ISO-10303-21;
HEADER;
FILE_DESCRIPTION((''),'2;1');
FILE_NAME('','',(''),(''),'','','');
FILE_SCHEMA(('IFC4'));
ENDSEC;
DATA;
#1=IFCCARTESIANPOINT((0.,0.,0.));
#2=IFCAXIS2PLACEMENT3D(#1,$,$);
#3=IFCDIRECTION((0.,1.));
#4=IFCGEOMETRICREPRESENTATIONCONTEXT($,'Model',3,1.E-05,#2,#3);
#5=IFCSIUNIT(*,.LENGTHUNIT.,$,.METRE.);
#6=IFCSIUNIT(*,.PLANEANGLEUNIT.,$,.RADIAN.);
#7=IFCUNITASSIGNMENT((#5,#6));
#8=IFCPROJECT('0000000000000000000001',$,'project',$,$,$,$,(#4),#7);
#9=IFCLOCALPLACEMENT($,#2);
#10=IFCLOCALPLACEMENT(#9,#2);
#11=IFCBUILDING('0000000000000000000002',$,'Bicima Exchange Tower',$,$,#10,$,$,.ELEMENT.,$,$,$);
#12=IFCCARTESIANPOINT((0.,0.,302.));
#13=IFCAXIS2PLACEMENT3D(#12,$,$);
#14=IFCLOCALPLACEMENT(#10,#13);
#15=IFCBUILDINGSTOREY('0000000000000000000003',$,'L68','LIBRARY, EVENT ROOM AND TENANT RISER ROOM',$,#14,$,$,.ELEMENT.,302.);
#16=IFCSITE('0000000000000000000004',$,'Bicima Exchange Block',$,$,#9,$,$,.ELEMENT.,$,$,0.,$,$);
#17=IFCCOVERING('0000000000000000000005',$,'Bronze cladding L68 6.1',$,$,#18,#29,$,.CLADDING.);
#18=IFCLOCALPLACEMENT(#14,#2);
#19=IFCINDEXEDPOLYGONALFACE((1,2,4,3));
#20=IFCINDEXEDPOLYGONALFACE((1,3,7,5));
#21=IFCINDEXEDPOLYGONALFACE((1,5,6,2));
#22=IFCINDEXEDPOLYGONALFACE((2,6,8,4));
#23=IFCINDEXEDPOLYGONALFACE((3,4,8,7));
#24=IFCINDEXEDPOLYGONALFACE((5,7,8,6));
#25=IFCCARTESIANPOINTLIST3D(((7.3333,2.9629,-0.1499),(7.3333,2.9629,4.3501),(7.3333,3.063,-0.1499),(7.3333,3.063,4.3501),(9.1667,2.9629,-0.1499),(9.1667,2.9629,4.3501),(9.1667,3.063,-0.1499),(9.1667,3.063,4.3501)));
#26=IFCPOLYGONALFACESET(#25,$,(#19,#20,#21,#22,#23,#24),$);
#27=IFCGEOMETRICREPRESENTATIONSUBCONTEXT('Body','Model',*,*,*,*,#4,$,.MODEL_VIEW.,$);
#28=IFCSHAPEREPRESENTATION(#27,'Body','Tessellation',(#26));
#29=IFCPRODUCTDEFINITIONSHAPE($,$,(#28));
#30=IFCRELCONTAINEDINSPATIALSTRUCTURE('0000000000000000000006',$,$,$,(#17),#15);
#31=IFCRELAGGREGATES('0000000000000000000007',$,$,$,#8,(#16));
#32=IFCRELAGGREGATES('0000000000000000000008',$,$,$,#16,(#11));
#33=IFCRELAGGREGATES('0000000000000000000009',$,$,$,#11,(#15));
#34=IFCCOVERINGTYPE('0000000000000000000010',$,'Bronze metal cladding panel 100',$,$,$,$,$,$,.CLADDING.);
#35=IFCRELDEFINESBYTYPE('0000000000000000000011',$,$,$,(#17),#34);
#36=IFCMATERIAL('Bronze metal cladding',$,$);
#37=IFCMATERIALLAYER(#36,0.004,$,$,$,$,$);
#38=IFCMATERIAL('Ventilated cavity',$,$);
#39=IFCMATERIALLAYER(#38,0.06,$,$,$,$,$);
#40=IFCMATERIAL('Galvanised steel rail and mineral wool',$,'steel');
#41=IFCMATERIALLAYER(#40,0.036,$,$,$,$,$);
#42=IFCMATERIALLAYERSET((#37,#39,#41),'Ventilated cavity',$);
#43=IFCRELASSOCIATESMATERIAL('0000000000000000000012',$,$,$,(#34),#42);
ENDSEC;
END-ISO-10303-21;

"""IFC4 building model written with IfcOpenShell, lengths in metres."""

from ifc_helpers import new_model, si_unit, direction, frame, origin, origin_2d, place, context, subcontext, project, spatial, rectangle, extrude, material, layer, layer_set, type_object, element, save


model = new_model("IFC4")

# Units and contexts
model_context = context("Model", 3, precision=1e-05, world=origin(), true_north=direction((0.0, 1.0)))
body_context = subcontext(model_context, "Body", "Model", "MODEL_VIEW")
ifc_project = project(units=[si_unit("LENGTHUNIT", "METRE"), si_unit("PLANEANGLEUNIT", "RADIAN")], contexts=[model_context])

# Site, building, storey
site_placement = place(None, origin())
site = spatial("IfcSite", under=ifc_project, at=site_placement, Name="Bicima Exchange Block", CompositionType="ELEMENT", RefElevation=0.0)
building_placement = place(site_placement, origin())
building = spatial("IfcBuilding", under=site, at=building_placement, Name="Bicima Exchange Tower", CompositionType="ELEMENT")
storey_placement = place(building_placement, frame((0.0, 0.0, 302.0)))
storey = spatial("IfcBuildingStorey", under=building, at=storey_placement, Name="L68", Description="LIBRARY, EVENT ROOM AND TENANT RISER ROOM", CompositionType="ELEMENT", Elevation=302.0)

# Covering
ifc_material_1 = material(Name="Bronze metal cladding")
ifc_layer_1 = layer(ifc_material_1, 0.004)
ifc_material_2 = material(Name="Ventilated cavity")
ifc_layer_2 = layer(ifc_material_2, 0.06)
ifc_material_3 = material(Name="Galvanised steel rail and mineral wool", Category="steel")
ifc_layer_3 = layer(ifc_material_3, 0.036)
ifc_layer_set_1 = layer_set([ifc_layer_1, ifc_layer_2, ifc_layer_3], Name="Ventilated cavity")
covering_type = type_object("IfcCoveringType", Name="Bronze metal cladding panel 100", PredefinedType="CLADDING", material=ifc_layer_set_1)
covering_1_placement = place(storey_placement, frame((8.25, 3.0129, -0.1499), z_axis=(0.0, 0.0, 1.0), x_axis=(-1.0, 0.0, 0.0)))
element("IfcCovering", 1, at=covering_1_placement, inside=storey, type_object=covering_type, Name="Bronze cladding L68 6.1", PredefinedType="CLADDING", context=body_context, shape_type="SweptSolid", body=[
    extrude(rectangle(XDim=1.8335, YDim=0.1001, at=origin_2d()), origin(), (0.0, 0.0, 1.0), 4.5),
])

save(model, "model.ifc")
